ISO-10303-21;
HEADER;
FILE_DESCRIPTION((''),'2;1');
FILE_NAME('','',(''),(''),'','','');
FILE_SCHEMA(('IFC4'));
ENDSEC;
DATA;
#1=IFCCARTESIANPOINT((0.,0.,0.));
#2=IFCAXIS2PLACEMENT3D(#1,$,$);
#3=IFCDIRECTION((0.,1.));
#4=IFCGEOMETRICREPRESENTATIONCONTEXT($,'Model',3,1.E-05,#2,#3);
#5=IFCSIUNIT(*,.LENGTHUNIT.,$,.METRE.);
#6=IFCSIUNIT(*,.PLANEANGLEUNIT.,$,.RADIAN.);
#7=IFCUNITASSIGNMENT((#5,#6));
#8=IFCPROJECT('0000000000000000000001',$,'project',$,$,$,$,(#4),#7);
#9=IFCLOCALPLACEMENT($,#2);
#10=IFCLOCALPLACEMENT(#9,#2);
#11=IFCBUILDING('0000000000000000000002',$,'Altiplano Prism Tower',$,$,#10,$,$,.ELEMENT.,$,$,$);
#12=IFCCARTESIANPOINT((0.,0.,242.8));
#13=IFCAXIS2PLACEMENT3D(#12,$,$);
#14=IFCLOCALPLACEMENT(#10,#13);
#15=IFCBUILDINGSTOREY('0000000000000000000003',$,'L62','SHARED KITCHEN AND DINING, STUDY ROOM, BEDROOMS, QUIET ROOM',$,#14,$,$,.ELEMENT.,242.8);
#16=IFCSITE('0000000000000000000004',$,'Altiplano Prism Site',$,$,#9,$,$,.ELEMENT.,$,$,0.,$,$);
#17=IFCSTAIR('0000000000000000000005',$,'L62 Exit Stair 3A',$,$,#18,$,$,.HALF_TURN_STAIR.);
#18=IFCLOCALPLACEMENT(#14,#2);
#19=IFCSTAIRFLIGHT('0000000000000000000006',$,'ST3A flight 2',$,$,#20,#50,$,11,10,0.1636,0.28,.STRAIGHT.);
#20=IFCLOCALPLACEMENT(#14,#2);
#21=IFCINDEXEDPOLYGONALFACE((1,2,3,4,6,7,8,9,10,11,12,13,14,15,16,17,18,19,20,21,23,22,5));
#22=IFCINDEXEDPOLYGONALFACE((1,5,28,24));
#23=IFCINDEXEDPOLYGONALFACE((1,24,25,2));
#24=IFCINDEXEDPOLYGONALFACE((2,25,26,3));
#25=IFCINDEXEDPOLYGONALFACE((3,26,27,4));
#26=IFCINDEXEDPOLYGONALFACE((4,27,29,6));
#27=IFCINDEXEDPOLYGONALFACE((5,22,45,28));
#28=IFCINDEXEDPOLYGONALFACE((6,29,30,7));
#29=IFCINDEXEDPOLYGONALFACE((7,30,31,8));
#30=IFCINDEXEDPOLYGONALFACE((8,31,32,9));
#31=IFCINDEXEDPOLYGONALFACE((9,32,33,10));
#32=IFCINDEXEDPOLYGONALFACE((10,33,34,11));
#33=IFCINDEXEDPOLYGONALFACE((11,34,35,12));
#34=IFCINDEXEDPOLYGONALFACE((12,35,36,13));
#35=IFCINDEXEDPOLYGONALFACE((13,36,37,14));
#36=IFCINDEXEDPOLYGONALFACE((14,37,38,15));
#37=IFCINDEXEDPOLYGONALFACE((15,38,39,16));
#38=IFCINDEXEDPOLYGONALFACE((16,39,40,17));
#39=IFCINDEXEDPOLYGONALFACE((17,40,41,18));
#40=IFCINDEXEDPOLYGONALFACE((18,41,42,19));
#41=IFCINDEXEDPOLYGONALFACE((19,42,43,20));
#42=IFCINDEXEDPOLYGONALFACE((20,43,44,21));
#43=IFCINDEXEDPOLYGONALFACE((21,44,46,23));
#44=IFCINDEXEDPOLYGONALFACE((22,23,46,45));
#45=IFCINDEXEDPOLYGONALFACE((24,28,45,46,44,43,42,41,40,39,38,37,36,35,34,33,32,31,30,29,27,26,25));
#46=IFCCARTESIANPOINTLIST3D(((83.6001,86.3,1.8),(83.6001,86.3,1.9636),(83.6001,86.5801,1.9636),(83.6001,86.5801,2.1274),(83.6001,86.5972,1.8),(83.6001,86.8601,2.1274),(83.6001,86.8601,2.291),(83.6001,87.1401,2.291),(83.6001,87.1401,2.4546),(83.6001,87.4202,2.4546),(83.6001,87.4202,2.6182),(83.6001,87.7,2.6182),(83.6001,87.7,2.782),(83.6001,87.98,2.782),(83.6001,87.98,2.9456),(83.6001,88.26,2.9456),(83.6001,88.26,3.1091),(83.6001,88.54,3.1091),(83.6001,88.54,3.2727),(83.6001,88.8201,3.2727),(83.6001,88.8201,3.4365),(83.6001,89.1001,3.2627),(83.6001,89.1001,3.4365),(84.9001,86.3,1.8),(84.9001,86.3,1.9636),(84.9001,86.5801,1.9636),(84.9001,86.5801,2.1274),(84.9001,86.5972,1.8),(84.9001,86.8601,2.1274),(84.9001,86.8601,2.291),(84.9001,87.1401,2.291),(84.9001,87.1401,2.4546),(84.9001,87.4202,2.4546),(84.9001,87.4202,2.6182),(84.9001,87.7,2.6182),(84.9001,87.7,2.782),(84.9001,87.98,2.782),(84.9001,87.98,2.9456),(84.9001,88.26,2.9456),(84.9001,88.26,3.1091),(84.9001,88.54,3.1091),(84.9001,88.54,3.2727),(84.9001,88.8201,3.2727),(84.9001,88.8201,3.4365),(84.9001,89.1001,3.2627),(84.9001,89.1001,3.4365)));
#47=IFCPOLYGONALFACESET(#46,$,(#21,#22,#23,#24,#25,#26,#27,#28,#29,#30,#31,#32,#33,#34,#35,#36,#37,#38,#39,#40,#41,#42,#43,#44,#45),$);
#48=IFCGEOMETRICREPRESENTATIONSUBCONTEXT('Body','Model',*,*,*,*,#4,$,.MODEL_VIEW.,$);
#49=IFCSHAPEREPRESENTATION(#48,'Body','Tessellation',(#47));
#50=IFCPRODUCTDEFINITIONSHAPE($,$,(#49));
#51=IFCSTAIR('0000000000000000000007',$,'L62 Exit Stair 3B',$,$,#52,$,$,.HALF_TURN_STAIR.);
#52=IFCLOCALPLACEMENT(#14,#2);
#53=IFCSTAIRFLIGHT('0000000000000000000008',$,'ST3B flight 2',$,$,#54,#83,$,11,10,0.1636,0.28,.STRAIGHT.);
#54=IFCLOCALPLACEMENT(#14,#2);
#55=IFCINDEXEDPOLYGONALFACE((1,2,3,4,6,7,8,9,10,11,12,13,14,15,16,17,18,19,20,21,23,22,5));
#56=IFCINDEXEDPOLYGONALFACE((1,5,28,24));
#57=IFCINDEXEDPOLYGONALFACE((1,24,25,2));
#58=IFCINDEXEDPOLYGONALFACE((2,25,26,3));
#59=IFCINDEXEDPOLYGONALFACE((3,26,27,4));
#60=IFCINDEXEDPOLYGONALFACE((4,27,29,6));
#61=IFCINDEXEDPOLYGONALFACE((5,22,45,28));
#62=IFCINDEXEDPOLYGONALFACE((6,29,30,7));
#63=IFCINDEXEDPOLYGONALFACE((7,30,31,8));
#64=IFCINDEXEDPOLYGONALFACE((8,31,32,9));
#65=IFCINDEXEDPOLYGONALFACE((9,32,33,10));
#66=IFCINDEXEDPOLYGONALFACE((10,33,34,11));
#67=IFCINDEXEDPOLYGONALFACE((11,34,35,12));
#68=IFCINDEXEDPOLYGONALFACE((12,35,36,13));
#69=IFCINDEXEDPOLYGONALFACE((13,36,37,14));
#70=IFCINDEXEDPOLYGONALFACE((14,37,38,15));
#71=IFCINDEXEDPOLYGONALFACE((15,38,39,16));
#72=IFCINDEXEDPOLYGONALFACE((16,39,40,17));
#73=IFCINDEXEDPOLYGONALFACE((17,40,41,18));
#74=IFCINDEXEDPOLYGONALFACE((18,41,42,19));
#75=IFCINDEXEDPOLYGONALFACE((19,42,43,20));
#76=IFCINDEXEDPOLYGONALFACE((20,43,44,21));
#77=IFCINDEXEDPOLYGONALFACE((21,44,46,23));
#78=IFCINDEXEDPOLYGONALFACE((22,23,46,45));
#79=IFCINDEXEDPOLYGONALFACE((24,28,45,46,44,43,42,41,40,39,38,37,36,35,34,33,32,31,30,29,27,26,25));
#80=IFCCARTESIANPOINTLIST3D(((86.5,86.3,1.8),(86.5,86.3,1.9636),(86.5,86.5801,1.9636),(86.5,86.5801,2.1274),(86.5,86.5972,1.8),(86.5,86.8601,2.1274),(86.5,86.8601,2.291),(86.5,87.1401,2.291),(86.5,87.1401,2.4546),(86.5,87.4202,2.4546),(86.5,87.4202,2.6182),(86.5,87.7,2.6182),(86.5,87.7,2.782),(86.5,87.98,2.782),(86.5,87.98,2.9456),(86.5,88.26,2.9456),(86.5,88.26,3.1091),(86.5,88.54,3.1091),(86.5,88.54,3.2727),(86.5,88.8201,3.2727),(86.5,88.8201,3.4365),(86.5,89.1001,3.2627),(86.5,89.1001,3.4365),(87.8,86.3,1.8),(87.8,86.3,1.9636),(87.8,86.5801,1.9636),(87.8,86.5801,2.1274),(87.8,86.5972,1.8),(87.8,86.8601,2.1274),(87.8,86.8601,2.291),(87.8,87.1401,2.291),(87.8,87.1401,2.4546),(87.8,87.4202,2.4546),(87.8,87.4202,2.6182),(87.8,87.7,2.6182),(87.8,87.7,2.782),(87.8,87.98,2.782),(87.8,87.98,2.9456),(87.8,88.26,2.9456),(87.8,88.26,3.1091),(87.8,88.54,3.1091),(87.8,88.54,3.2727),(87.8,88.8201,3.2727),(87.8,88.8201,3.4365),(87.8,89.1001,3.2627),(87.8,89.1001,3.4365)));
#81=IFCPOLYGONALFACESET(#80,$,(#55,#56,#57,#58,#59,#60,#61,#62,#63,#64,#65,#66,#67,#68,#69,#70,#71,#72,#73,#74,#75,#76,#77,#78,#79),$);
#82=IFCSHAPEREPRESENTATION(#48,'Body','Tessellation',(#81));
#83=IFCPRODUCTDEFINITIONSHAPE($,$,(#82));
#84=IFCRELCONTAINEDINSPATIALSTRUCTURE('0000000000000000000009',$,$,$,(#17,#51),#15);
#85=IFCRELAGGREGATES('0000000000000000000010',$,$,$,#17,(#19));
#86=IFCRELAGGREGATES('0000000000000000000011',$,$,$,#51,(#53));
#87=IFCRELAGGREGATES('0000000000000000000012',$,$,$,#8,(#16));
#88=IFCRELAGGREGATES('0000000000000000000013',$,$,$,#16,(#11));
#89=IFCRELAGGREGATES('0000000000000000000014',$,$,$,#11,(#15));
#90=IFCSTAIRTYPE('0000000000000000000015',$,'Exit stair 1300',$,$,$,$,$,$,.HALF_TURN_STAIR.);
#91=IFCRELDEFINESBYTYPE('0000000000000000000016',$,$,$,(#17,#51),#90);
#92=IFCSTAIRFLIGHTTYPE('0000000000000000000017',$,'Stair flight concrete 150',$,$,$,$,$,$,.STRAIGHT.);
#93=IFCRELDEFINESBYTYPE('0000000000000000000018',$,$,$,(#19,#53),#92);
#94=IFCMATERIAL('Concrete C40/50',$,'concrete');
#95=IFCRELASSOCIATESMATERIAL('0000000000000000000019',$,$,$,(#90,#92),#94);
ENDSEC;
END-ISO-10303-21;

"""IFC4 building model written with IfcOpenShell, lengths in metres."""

from ifc_helpers import new_model, si_unit, direction, frame, origin, place, context, subcontext, project, spatial, polyline, outline, extrude, material, type_object, element, aggregate, save


model = new_model("IFC4")

# Units and contexts
model_context = context("Model", 3, precision=1e-05, world=origin(), true_north=direction((0.0, 1.0)))
body_context = subcontext(model_context, "Body", "Model", "MODEL_VIEW")
ifc_project = project(units=[si_unit("LENGTHUNIT", "METRE"), si_unit("PLANEANGLEUNIT", "RADIAN")], contexts=[model_context])

# Site, building, storey
site_placement = place(None, origin())
site = spatial("IfcSite", under=ifc_project, at=site_placement, Name="Altiplano Prism Site", CompositionType="ELEMENT", RefElevation=0.0)
building_placement = place(site_placement, origin())
building = spatial("IfcBuilding", under=site, at=building_placement, Name="Altiplano Prism Tower", CompositionType="ELEMENT")
storey_placement = place(building_placement, frame((0.0, 0.0, 242.8)))
storey = spatial("IfcBuildingStorey", under=building, at=storey_placement, Name="L62", Description="SHARED KITCHEN AND DINING, STUDY ROOM, BEDROOMS, QUIET ROOM", CompositionType="ELEMENT", Elevation=242.8)

# Stair, stair flight
ifc_material_1 = material(Name="Concrete C40/50", Category="concrete")
stair_type = type_object("IfcStairType", Name="Exit stair 1300", PredefinedType="HALF_TURN_STAIR", material=ifc_material_1)
stair_1_placement = place(storey_placement, origin())
stair_1 = element("IfcStair", 1, at=stair_1_placement, inside=storey, type_object=stair_type, Name="L62 Exit Stair 3A", PredefinedType="HALF_TURN_STAIR")
stair_flight_type = type_object("IfcStairFlightType", Name="Stair flight concrete 150", PredefinedType="STRAIGHT", material=ifc_material_1)
stair_flight_1_placement = place(storey_placement, frame((84.25, 86.3, 1.8), z_axis=(0.0, 0.0, 1.0), x_axis=(0.0, 1.0, 0.0)))
stair_flight_1 = element("IfcStairFlight", 2, at=stair_flight_1_placement, type_object=stair_flight_type, Name="ST3A flight 2", NumberOfRisers=11, NumberOfTreads=10, PredefinedType="STRAIGHT", RiserHeight=0.1636, TreadLength=0.28, context=body_context, shape_type="SweptSolid", body=[
    extrude(outline(polyline([(0.0, 0.0), (0.0, 0.1636), (0.28, 0.1636), (0.28, 0.3274), (0.5601, 0.3274), (0.5601, 0.491), (0.8401, 0.491), (0.8401, 0.6545), (1.1201, 0.6545), (1.1201, 0.8181), (1.3999, 0.8181), (1.3999, 0.9819), (1.6799, 0.9819), (1.6799, 1.1455), (1.96, 1.1455), (1.96, 1.3091), (2.24, 1.3091), (2.24, 1.4727), (2.52, 1.4727), (2.52, 1.6365), (2.8, 1.6365), (2.8, 1.8), (2.8, 1.4626), (0.2971, 0.0), (0.0, 0.0)])), frame((0.0, 0.6499, 0.0), z_axis=(0.0, -1.0, 0.0), x_axis=(1.0, 0.0, 0.0)), (0.0, 0.0, 1.0), 1.3),
])
aggregate(stair_1, [stair_flight_1])

# Stair, stair flight
stair_2_placement = place(storey_placement, origin())
stair_2 = element("IfcStair", 3, at=stair_2_placement, inside=storey, type_object=stair_type, Name="L62 Exit Stair 3B", PredefinedType="HALF_TURN_STAIR")
stair_flight_2_placement = place(storey_placement, frame((87.1499, 86.3, 1.8), z_axis=(0.0, 0.0, 1.0), x_axis=(0.0, 1.0, 0.0)))
stair_flight_2 = element("IfcStairFlight", 4, at=stair_flight_2_placement, type_object=stair_flight_type, Name="ST3B flight 2", NumberOfRisers=11, NumberOfTreads=10, PredefinedType="STRAIGHT", RiserHeight=0.1636, TreadLength=0.28, context=body_context, shape_type="SweptSolid", body=[
    extrude(outline(polyline([(0.0, 0.0), (0.0, 0.1636), (0.28, 0.1636), (0.28, 0.3274), (0.5601, 0.3274), (0.5601, 0.491), (0.8401, 0.491), (0.8401, 0.6545), (1.1201, 0.6545), (1.1201, 0.8181), (1.3999, 0.8181), (1.3999, 0.9819), (1.6799, 0.9819), (1.6799, 1.1455), (1.96, 1.1455), (1.96, 1.3091), (2.24, 1.3091), (2.24, 1.4727), (2.52, 1.4727), (2.52, 1.6365), (2.8, 1.6365), (2.8, 1.8), (2.8, 1.4626), (0.2971, 0.0), (0.0, 0.0)])), frame((0.0, 0.6499, 0.0), z_axis=(0.0, -1.0, 0.0), x_axis=(1.0, 0.0, 0.0)), (0.0, 0.0, 1.0), 1.3),
])
aggregate(stair_2, [stair_flight_2])

save(model, "model.ifc")
